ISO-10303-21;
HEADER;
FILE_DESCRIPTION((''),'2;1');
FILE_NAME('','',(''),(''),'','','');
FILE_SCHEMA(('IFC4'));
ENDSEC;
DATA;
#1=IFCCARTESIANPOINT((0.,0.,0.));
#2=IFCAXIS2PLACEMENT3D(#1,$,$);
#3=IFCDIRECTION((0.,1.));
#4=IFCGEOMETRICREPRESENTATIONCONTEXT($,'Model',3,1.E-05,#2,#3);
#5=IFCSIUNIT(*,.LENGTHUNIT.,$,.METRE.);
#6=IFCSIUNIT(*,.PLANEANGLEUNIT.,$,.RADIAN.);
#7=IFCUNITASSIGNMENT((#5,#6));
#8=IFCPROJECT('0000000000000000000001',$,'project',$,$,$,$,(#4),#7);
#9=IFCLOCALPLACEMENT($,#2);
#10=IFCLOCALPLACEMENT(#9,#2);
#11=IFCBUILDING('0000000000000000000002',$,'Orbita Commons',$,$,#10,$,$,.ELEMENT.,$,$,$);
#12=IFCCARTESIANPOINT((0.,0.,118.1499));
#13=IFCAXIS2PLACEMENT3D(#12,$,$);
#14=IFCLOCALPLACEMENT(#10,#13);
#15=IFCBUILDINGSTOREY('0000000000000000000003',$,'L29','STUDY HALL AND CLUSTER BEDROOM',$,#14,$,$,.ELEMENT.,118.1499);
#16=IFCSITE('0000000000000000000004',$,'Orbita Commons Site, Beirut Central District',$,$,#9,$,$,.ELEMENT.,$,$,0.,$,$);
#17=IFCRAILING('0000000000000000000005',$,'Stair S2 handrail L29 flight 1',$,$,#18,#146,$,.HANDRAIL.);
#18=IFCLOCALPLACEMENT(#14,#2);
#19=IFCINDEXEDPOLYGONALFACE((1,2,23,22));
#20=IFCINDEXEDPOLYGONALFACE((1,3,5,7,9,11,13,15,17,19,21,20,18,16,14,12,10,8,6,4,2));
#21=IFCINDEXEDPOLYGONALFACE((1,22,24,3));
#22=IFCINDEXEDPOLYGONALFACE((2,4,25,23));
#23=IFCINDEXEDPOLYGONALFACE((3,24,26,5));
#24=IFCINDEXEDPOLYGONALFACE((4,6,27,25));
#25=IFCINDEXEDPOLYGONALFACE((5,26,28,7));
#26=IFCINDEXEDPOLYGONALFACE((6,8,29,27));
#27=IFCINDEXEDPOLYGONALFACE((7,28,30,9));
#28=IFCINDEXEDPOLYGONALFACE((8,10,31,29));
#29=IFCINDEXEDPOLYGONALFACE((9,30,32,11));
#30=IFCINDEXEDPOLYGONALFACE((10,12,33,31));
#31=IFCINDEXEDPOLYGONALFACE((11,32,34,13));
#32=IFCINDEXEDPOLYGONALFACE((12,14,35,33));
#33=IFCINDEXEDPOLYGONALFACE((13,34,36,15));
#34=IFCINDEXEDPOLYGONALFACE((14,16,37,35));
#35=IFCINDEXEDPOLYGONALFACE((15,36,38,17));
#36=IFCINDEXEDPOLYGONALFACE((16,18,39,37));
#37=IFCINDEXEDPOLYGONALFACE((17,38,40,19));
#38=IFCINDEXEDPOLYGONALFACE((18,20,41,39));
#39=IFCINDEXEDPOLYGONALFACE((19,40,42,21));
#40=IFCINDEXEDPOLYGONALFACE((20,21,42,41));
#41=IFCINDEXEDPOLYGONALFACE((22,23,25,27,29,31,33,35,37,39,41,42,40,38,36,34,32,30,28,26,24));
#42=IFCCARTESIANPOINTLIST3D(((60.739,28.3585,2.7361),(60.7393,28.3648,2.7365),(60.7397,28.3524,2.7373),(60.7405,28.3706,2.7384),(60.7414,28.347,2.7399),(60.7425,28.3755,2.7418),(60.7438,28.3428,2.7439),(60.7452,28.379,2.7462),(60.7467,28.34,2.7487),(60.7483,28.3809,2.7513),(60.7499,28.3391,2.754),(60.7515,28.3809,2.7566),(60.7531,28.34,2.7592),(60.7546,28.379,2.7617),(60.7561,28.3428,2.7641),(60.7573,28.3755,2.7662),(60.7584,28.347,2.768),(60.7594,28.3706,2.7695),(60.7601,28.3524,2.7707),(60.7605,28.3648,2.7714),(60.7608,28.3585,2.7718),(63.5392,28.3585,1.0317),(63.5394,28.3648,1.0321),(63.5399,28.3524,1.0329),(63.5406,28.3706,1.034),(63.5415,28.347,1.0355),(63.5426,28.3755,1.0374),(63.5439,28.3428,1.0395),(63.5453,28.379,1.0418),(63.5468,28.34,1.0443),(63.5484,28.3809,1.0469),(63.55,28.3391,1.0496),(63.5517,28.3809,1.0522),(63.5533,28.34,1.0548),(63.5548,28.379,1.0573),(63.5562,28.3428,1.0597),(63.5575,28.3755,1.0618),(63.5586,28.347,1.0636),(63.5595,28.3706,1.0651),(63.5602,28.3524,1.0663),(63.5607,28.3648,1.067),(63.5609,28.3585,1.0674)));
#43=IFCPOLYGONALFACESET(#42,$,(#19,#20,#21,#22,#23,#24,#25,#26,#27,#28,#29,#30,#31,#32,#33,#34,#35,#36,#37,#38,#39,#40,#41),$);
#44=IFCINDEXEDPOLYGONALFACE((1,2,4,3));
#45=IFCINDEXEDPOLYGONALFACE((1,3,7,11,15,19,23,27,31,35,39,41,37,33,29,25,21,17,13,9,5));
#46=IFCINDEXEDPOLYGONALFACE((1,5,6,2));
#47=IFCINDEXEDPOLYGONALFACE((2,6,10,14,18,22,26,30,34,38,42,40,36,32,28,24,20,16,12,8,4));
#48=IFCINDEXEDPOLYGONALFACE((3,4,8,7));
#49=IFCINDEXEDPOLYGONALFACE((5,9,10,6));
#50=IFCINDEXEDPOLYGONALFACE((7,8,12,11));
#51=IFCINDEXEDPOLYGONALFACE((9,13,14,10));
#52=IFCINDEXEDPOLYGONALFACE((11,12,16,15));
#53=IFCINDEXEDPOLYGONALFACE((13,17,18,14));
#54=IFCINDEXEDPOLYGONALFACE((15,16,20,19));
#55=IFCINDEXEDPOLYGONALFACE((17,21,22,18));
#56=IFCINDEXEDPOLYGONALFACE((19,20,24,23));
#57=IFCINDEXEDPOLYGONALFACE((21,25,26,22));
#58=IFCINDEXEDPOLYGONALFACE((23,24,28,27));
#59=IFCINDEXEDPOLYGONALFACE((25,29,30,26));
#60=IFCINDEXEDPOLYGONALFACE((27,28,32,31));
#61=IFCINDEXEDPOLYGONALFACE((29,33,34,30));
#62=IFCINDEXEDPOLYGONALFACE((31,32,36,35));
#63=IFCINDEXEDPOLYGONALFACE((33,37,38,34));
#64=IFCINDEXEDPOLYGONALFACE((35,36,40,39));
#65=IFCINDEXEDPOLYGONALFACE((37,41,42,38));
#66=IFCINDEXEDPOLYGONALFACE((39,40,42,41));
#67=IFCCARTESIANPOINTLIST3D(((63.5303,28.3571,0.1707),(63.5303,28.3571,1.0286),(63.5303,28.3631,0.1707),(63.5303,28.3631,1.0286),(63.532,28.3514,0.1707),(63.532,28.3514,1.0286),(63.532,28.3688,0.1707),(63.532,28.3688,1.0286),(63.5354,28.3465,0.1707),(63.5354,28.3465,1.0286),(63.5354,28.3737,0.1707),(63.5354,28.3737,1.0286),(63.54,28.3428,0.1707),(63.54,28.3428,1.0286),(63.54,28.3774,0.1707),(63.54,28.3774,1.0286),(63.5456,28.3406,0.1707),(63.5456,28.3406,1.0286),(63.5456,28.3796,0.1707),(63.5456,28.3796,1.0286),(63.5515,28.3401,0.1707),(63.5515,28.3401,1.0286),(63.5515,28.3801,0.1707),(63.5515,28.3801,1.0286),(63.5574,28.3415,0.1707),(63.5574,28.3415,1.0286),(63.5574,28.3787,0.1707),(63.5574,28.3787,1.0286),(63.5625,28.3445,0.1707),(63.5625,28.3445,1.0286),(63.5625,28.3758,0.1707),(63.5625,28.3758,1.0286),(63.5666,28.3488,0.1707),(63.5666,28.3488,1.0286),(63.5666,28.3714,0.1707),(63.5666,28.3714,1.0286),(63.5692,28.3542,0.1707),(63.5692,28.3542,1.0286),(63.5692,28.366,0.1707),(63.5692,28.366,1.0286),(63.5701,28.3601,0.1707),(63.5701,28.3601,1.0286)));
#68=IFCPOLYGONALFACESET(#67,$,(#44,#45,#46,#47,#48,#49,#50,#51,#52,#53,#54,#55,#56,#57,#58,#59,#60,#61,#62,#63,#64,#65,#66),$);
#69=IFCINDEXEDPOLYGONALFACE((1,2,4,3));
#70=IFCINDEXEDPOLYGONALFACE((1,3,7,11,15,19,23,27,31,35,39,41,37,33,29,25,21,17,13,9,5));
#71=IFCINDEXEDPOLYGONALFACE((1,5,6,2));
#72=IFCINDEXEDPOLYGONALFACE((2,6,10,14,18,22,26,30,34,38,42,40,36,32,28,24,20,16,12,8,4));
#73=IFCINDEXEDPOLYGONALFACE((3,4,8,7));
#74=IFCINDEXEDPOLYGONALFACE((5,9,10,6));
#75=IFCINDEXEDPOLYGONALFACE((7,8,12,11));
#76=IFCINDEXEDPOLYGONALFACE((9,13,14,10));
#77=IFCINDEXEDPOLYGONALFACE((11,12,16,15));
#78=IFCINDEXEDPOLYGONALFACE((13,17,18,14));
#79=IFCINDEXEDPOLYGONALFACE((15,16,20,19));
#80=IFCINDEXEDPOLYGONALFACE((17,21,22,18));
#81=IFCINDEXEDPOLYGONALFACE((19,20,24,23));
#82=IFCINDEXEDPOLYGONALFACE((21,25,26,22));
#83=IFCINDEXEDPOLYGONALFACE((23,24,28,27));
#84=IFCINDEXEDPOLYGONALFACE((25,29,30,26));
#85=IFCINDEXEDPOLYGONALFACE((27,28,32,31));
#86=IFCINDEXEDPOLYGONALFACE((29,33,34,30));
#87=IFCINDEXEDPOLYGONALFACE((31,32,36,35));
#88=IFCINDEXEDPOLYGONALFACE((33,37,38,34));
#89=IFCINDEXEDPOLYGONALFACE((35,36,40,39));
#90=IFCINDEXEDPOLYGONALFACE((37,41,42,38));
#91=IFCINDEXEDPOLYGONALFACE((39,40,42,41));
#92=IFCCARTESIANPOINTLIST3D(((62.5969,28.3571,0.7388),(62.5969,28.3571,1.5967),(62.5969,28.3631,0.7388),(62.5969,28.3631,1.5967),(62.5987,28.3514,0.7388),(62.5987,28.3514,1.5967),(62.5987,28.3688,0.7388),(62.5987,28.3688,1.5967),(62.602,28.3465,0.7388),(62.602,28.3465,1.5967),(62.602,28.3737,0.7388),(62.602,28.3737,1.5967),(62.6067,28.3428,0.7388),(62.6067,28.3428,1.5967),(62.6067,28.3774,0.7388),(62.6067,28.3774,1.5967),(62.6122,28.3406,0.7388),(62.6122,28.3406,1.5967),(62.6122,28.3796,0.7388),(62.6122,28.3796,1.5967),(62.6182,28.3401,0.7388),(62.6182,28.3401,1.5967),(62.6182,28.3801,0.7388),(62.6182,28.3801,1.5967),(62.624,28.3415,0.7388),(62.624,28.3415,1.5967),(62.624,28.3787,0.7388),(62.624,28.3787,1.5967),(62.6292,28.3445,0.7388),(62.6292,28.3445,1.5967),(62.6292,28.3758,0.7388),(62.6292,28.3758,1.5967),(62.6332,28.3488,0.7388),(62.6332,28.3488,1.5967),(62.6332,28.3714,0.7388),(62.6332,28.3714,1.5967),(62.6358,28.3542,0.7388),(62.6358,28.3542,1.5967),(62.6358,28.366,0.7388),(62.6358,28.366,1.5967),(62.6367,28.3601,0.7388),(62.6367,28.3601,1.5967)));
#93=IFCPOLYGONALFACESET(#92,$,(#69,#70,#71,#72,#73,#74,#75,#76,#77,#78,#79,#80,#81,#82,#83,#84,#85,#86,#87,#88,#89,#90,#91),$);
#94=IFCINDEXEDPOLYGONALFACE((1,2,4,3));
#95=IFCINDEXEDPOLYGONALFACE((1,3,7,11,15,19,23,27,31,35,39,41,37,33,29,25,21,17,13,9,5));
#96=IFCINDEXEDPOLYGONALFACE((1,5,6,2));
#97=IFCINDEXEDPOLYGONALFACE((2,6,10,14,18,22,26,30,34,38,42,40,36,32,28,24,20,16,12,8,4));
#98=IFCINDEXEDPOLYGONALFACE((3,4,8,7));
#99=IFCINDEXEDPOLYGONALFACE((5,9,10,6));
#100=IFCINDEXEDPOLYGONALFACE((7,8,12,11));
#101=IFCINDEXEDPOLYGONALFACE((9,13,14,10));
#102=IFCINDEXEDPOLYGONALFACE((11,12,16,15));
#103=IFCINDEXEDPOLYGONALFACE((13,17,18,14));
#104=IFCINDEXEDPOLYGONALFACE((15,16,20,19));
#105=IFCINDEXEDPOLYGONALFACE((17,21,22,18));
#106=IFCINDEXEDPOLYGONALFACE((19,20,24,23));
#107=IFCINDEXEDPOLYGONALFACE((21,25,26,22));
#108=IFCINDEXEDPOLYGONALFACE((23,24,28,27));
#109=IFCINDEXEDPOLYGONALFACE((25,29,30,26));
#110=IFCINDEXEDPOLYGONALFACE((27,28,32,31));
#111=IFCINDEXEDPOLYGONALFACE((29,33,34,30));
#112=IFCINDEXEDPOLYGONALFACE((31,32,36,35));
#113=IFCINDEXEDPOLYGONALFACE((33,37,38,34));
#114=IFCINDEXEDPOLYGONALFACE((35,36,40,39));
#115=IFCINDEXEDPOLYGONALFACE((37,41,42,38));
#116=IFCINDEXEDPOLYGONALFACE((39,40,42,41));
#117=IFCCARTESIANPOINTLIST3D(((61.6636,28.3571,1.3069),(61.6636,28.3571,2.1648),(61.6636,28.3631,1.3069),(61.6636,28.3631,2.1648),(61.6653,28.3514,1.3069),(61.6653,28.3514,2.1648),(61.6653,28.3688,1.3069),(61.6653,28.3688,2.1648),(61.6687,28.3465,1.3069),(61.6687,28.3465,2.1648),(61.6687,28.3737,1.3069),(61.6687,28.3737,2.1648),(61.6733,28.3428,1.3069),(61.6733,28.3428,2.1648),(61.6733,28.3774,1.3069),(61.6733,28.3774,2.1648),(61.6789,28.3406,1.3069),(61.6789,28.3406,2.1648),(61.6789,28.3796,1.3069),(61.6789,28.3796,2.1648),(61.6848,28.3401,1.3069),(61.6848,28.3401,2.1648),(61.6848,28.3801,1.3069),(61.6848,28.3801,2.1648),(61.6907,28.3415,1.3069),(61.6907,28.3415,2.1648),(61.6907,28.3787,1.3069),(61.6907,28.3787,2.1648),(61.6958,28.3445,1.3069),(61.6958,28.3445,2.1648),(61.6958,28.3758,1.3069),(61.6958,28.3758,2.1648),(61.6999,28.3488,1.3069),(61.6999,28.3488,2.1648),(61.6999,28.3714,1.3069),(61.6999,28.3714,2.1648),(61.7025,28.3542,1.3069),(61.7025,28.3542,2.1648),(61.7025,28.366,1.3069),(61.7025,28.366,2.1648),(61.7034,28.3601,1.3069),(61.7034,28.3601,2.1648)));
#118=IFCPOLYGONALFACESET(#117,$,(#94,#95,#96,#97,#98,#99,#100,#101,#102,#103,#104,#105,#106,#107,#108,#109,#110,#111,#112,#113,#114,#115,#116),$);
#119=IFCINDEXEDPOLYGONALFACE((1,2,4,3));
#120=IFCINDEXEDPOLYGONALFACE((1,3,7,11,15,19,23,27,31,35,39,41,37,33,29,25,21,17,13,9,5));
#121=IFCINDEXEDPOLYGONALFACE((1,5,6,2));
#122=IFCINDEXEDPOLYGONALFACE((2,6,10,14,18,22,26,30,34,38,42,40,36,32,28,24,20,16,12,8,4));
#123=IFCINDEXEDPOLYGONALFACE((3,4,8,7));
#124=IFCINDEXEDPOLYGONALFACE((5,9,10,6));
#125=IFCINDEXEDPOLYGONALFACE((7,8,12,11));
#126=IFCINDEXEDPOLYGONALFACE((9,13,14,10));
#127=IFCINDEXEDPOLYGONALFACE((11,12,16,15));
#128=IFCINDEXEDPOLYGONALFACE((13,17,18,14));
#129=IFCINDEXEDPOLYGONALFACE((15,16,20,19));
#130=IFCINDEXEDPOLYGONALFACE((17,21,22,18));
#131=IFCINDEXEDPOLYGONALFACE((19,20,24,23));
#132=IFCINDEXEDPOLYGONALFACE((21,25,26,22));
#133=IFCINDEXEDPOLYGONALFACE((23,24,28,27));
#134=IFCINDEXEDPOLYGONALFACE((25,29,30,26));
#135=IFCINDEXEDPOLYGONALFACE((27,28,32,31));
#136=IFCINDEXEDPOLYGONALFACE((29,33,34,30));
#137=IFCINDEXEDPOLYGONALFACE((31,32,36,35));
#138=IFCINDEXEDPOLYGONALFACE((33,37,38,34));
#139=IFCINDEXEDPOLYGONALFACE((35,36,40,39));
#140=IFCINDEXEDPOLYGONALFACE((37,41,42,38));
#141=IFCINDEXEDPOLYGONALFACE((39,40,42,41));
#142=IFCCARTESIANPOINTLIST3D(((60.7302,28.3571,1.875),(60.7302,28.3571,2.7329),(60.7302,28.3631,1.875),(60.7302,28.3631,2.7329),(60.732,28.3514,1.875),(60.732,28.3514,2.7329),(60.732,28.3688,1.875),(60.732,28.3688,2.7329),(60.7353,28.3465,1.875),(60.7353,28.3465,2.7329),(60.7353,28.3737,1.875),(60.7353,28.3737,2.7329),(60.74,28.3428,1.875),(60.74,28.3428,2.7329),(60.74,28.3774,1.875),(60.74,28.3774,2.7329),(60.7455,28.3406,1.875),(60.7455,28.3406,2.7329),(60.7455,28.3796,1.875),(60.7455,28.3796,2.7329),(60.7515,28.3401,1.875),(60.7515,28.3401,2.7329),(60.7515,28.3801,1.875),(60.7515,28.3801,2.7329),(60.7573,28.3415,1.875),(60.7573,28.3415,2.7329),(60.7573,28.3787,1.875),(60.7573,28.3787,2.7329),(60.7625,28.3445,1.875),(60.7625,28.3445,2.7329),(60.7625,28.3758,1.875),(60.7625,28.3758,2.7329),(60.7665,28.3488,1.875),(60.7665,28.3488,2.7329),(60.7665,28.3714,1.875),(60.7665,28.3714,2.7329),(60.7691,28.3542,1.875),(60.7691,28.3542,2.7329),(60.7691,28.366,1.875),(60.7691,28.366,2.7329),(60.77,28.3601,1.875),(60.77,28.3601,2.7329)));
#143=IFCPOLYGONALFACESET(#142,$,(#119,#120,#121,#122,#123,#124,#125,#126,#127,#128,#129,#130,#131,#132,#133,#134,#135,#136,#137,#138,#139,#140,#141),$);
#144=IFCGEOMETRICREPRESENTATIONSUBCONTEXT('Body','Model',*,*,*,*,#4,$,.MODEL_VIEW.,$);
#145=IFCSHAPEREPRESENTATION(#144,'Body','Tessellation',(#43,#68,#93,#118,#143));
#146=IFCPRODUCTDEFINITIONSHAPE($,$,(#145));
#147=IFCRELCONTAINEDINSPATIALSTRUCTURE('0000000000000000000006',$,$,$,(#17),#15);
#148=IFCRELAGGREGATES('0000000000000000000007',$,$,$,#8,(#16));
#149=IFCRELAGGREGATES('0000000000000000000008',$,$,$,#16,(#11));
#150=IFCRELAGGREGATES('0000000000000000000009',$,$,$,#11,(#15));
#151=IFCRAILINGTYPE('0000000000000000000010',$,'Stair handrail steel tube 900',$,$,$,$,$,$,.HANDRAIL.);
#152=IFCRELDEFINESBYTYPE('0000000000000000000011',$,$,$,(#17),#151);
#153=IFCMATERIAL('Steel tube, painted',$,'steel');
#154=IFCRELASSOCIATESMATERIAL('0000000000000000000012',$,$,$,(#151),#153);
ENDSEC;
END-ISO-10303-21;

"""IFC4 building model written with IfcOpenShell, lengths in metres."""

from ifc_helpers import new_model, si_unit, direction, frame, origin, origin_2d, place, context, subcontext, project, spatial, circle, extrude, material, type_object, element, save


model = new_model("IFC4")

# Units and contexts
model_context = context("Model", 3, precision=1e-05, world=origin(), true_north=direction((0.0, 1.0)))
body_context = subcontext(model_context, "Body", "Model", "MODEL_VIEW")
ifc_project = project(units=[si_unit("LENGTHUNIT", "METRE"), si_unit("PLANEANGLEUNIT", "RADIAN")], contexts=[model_context])

# Site, building, storey
site_placement = place(None, origin())
site = spatial("IfcSite", under=ifc_project, at=site_placement, Name="Orbita Commons Site, Beirut Central District", CompositionType="ELEMENT", RefElevation=0.0)
building_placement = place(site_placement, origin())
building = spatial("IfcBuilding", under=site, at=building_placement, Name="Orbita Commons", CompositionType="ELEMENT")
storey_placement = place(building_placement, frame((0.0, 0.0, 118.1499)))
storey = spatial("IfcBuildingStorey", under=building, at=storey_placement, Name="L29", Description="STUDY HALL AND CLUSTER BEDROOM", CompositionType="ELEMENT", Elevation=118.1499)

# Railing
ifc_material_1 = material(Name="Steel tube, painted", Category="steel")
railing_type = type_object("IfcRailingType", Name="Stair handrail steel tube 900", PredefinedType="HANDRAIL", material=ifc_material_1)
railing_placement = place(storey_placement, frame((63.55, 28.3601, 0.1707)))
element("IfcRailing", 1, at=railing_placement, inside=storey, type_object=railing_type, Name="Stair S2 handrail L29 flight 1", PredefinedType="HANDRAIL", context=body_context, shape_type="SweptSolid", body=[
    extrude(circle(Radius=0.021, at=origin_2d()), frame((0.0, 0.0, 0.8789), z_axis=(-0.854203, 0.0, 0.51994), x_axis=(0.0, -1.0, 0.0)), (0.0, 0.0, 1.0), 3.2781),
    extrude(circle(Radius=0.02, at=origin_2d()), origin(), (0.0, 0.0, 1.0), 0.8579),
    extrude(circle(Radius=0.02, at=origin_2d()), frame((-0.9333, 0.0, 0.5681)), (0.0, 0.0, 1.0), 0.8579),
    extrude(circle(Radius=0.02, at=origin_2d()), frame((-1.8667, 0.0, 1.1362)), (0.0, 0.0, 1.0), 0.8579),
    extrude(circle(Radius=0.02, at=origin_2d()), frame((-2.8, 0.0, 1.7043)), (0.0, 0.0, 1.0), 0.8579),
])

save(model, "model.ifc")
